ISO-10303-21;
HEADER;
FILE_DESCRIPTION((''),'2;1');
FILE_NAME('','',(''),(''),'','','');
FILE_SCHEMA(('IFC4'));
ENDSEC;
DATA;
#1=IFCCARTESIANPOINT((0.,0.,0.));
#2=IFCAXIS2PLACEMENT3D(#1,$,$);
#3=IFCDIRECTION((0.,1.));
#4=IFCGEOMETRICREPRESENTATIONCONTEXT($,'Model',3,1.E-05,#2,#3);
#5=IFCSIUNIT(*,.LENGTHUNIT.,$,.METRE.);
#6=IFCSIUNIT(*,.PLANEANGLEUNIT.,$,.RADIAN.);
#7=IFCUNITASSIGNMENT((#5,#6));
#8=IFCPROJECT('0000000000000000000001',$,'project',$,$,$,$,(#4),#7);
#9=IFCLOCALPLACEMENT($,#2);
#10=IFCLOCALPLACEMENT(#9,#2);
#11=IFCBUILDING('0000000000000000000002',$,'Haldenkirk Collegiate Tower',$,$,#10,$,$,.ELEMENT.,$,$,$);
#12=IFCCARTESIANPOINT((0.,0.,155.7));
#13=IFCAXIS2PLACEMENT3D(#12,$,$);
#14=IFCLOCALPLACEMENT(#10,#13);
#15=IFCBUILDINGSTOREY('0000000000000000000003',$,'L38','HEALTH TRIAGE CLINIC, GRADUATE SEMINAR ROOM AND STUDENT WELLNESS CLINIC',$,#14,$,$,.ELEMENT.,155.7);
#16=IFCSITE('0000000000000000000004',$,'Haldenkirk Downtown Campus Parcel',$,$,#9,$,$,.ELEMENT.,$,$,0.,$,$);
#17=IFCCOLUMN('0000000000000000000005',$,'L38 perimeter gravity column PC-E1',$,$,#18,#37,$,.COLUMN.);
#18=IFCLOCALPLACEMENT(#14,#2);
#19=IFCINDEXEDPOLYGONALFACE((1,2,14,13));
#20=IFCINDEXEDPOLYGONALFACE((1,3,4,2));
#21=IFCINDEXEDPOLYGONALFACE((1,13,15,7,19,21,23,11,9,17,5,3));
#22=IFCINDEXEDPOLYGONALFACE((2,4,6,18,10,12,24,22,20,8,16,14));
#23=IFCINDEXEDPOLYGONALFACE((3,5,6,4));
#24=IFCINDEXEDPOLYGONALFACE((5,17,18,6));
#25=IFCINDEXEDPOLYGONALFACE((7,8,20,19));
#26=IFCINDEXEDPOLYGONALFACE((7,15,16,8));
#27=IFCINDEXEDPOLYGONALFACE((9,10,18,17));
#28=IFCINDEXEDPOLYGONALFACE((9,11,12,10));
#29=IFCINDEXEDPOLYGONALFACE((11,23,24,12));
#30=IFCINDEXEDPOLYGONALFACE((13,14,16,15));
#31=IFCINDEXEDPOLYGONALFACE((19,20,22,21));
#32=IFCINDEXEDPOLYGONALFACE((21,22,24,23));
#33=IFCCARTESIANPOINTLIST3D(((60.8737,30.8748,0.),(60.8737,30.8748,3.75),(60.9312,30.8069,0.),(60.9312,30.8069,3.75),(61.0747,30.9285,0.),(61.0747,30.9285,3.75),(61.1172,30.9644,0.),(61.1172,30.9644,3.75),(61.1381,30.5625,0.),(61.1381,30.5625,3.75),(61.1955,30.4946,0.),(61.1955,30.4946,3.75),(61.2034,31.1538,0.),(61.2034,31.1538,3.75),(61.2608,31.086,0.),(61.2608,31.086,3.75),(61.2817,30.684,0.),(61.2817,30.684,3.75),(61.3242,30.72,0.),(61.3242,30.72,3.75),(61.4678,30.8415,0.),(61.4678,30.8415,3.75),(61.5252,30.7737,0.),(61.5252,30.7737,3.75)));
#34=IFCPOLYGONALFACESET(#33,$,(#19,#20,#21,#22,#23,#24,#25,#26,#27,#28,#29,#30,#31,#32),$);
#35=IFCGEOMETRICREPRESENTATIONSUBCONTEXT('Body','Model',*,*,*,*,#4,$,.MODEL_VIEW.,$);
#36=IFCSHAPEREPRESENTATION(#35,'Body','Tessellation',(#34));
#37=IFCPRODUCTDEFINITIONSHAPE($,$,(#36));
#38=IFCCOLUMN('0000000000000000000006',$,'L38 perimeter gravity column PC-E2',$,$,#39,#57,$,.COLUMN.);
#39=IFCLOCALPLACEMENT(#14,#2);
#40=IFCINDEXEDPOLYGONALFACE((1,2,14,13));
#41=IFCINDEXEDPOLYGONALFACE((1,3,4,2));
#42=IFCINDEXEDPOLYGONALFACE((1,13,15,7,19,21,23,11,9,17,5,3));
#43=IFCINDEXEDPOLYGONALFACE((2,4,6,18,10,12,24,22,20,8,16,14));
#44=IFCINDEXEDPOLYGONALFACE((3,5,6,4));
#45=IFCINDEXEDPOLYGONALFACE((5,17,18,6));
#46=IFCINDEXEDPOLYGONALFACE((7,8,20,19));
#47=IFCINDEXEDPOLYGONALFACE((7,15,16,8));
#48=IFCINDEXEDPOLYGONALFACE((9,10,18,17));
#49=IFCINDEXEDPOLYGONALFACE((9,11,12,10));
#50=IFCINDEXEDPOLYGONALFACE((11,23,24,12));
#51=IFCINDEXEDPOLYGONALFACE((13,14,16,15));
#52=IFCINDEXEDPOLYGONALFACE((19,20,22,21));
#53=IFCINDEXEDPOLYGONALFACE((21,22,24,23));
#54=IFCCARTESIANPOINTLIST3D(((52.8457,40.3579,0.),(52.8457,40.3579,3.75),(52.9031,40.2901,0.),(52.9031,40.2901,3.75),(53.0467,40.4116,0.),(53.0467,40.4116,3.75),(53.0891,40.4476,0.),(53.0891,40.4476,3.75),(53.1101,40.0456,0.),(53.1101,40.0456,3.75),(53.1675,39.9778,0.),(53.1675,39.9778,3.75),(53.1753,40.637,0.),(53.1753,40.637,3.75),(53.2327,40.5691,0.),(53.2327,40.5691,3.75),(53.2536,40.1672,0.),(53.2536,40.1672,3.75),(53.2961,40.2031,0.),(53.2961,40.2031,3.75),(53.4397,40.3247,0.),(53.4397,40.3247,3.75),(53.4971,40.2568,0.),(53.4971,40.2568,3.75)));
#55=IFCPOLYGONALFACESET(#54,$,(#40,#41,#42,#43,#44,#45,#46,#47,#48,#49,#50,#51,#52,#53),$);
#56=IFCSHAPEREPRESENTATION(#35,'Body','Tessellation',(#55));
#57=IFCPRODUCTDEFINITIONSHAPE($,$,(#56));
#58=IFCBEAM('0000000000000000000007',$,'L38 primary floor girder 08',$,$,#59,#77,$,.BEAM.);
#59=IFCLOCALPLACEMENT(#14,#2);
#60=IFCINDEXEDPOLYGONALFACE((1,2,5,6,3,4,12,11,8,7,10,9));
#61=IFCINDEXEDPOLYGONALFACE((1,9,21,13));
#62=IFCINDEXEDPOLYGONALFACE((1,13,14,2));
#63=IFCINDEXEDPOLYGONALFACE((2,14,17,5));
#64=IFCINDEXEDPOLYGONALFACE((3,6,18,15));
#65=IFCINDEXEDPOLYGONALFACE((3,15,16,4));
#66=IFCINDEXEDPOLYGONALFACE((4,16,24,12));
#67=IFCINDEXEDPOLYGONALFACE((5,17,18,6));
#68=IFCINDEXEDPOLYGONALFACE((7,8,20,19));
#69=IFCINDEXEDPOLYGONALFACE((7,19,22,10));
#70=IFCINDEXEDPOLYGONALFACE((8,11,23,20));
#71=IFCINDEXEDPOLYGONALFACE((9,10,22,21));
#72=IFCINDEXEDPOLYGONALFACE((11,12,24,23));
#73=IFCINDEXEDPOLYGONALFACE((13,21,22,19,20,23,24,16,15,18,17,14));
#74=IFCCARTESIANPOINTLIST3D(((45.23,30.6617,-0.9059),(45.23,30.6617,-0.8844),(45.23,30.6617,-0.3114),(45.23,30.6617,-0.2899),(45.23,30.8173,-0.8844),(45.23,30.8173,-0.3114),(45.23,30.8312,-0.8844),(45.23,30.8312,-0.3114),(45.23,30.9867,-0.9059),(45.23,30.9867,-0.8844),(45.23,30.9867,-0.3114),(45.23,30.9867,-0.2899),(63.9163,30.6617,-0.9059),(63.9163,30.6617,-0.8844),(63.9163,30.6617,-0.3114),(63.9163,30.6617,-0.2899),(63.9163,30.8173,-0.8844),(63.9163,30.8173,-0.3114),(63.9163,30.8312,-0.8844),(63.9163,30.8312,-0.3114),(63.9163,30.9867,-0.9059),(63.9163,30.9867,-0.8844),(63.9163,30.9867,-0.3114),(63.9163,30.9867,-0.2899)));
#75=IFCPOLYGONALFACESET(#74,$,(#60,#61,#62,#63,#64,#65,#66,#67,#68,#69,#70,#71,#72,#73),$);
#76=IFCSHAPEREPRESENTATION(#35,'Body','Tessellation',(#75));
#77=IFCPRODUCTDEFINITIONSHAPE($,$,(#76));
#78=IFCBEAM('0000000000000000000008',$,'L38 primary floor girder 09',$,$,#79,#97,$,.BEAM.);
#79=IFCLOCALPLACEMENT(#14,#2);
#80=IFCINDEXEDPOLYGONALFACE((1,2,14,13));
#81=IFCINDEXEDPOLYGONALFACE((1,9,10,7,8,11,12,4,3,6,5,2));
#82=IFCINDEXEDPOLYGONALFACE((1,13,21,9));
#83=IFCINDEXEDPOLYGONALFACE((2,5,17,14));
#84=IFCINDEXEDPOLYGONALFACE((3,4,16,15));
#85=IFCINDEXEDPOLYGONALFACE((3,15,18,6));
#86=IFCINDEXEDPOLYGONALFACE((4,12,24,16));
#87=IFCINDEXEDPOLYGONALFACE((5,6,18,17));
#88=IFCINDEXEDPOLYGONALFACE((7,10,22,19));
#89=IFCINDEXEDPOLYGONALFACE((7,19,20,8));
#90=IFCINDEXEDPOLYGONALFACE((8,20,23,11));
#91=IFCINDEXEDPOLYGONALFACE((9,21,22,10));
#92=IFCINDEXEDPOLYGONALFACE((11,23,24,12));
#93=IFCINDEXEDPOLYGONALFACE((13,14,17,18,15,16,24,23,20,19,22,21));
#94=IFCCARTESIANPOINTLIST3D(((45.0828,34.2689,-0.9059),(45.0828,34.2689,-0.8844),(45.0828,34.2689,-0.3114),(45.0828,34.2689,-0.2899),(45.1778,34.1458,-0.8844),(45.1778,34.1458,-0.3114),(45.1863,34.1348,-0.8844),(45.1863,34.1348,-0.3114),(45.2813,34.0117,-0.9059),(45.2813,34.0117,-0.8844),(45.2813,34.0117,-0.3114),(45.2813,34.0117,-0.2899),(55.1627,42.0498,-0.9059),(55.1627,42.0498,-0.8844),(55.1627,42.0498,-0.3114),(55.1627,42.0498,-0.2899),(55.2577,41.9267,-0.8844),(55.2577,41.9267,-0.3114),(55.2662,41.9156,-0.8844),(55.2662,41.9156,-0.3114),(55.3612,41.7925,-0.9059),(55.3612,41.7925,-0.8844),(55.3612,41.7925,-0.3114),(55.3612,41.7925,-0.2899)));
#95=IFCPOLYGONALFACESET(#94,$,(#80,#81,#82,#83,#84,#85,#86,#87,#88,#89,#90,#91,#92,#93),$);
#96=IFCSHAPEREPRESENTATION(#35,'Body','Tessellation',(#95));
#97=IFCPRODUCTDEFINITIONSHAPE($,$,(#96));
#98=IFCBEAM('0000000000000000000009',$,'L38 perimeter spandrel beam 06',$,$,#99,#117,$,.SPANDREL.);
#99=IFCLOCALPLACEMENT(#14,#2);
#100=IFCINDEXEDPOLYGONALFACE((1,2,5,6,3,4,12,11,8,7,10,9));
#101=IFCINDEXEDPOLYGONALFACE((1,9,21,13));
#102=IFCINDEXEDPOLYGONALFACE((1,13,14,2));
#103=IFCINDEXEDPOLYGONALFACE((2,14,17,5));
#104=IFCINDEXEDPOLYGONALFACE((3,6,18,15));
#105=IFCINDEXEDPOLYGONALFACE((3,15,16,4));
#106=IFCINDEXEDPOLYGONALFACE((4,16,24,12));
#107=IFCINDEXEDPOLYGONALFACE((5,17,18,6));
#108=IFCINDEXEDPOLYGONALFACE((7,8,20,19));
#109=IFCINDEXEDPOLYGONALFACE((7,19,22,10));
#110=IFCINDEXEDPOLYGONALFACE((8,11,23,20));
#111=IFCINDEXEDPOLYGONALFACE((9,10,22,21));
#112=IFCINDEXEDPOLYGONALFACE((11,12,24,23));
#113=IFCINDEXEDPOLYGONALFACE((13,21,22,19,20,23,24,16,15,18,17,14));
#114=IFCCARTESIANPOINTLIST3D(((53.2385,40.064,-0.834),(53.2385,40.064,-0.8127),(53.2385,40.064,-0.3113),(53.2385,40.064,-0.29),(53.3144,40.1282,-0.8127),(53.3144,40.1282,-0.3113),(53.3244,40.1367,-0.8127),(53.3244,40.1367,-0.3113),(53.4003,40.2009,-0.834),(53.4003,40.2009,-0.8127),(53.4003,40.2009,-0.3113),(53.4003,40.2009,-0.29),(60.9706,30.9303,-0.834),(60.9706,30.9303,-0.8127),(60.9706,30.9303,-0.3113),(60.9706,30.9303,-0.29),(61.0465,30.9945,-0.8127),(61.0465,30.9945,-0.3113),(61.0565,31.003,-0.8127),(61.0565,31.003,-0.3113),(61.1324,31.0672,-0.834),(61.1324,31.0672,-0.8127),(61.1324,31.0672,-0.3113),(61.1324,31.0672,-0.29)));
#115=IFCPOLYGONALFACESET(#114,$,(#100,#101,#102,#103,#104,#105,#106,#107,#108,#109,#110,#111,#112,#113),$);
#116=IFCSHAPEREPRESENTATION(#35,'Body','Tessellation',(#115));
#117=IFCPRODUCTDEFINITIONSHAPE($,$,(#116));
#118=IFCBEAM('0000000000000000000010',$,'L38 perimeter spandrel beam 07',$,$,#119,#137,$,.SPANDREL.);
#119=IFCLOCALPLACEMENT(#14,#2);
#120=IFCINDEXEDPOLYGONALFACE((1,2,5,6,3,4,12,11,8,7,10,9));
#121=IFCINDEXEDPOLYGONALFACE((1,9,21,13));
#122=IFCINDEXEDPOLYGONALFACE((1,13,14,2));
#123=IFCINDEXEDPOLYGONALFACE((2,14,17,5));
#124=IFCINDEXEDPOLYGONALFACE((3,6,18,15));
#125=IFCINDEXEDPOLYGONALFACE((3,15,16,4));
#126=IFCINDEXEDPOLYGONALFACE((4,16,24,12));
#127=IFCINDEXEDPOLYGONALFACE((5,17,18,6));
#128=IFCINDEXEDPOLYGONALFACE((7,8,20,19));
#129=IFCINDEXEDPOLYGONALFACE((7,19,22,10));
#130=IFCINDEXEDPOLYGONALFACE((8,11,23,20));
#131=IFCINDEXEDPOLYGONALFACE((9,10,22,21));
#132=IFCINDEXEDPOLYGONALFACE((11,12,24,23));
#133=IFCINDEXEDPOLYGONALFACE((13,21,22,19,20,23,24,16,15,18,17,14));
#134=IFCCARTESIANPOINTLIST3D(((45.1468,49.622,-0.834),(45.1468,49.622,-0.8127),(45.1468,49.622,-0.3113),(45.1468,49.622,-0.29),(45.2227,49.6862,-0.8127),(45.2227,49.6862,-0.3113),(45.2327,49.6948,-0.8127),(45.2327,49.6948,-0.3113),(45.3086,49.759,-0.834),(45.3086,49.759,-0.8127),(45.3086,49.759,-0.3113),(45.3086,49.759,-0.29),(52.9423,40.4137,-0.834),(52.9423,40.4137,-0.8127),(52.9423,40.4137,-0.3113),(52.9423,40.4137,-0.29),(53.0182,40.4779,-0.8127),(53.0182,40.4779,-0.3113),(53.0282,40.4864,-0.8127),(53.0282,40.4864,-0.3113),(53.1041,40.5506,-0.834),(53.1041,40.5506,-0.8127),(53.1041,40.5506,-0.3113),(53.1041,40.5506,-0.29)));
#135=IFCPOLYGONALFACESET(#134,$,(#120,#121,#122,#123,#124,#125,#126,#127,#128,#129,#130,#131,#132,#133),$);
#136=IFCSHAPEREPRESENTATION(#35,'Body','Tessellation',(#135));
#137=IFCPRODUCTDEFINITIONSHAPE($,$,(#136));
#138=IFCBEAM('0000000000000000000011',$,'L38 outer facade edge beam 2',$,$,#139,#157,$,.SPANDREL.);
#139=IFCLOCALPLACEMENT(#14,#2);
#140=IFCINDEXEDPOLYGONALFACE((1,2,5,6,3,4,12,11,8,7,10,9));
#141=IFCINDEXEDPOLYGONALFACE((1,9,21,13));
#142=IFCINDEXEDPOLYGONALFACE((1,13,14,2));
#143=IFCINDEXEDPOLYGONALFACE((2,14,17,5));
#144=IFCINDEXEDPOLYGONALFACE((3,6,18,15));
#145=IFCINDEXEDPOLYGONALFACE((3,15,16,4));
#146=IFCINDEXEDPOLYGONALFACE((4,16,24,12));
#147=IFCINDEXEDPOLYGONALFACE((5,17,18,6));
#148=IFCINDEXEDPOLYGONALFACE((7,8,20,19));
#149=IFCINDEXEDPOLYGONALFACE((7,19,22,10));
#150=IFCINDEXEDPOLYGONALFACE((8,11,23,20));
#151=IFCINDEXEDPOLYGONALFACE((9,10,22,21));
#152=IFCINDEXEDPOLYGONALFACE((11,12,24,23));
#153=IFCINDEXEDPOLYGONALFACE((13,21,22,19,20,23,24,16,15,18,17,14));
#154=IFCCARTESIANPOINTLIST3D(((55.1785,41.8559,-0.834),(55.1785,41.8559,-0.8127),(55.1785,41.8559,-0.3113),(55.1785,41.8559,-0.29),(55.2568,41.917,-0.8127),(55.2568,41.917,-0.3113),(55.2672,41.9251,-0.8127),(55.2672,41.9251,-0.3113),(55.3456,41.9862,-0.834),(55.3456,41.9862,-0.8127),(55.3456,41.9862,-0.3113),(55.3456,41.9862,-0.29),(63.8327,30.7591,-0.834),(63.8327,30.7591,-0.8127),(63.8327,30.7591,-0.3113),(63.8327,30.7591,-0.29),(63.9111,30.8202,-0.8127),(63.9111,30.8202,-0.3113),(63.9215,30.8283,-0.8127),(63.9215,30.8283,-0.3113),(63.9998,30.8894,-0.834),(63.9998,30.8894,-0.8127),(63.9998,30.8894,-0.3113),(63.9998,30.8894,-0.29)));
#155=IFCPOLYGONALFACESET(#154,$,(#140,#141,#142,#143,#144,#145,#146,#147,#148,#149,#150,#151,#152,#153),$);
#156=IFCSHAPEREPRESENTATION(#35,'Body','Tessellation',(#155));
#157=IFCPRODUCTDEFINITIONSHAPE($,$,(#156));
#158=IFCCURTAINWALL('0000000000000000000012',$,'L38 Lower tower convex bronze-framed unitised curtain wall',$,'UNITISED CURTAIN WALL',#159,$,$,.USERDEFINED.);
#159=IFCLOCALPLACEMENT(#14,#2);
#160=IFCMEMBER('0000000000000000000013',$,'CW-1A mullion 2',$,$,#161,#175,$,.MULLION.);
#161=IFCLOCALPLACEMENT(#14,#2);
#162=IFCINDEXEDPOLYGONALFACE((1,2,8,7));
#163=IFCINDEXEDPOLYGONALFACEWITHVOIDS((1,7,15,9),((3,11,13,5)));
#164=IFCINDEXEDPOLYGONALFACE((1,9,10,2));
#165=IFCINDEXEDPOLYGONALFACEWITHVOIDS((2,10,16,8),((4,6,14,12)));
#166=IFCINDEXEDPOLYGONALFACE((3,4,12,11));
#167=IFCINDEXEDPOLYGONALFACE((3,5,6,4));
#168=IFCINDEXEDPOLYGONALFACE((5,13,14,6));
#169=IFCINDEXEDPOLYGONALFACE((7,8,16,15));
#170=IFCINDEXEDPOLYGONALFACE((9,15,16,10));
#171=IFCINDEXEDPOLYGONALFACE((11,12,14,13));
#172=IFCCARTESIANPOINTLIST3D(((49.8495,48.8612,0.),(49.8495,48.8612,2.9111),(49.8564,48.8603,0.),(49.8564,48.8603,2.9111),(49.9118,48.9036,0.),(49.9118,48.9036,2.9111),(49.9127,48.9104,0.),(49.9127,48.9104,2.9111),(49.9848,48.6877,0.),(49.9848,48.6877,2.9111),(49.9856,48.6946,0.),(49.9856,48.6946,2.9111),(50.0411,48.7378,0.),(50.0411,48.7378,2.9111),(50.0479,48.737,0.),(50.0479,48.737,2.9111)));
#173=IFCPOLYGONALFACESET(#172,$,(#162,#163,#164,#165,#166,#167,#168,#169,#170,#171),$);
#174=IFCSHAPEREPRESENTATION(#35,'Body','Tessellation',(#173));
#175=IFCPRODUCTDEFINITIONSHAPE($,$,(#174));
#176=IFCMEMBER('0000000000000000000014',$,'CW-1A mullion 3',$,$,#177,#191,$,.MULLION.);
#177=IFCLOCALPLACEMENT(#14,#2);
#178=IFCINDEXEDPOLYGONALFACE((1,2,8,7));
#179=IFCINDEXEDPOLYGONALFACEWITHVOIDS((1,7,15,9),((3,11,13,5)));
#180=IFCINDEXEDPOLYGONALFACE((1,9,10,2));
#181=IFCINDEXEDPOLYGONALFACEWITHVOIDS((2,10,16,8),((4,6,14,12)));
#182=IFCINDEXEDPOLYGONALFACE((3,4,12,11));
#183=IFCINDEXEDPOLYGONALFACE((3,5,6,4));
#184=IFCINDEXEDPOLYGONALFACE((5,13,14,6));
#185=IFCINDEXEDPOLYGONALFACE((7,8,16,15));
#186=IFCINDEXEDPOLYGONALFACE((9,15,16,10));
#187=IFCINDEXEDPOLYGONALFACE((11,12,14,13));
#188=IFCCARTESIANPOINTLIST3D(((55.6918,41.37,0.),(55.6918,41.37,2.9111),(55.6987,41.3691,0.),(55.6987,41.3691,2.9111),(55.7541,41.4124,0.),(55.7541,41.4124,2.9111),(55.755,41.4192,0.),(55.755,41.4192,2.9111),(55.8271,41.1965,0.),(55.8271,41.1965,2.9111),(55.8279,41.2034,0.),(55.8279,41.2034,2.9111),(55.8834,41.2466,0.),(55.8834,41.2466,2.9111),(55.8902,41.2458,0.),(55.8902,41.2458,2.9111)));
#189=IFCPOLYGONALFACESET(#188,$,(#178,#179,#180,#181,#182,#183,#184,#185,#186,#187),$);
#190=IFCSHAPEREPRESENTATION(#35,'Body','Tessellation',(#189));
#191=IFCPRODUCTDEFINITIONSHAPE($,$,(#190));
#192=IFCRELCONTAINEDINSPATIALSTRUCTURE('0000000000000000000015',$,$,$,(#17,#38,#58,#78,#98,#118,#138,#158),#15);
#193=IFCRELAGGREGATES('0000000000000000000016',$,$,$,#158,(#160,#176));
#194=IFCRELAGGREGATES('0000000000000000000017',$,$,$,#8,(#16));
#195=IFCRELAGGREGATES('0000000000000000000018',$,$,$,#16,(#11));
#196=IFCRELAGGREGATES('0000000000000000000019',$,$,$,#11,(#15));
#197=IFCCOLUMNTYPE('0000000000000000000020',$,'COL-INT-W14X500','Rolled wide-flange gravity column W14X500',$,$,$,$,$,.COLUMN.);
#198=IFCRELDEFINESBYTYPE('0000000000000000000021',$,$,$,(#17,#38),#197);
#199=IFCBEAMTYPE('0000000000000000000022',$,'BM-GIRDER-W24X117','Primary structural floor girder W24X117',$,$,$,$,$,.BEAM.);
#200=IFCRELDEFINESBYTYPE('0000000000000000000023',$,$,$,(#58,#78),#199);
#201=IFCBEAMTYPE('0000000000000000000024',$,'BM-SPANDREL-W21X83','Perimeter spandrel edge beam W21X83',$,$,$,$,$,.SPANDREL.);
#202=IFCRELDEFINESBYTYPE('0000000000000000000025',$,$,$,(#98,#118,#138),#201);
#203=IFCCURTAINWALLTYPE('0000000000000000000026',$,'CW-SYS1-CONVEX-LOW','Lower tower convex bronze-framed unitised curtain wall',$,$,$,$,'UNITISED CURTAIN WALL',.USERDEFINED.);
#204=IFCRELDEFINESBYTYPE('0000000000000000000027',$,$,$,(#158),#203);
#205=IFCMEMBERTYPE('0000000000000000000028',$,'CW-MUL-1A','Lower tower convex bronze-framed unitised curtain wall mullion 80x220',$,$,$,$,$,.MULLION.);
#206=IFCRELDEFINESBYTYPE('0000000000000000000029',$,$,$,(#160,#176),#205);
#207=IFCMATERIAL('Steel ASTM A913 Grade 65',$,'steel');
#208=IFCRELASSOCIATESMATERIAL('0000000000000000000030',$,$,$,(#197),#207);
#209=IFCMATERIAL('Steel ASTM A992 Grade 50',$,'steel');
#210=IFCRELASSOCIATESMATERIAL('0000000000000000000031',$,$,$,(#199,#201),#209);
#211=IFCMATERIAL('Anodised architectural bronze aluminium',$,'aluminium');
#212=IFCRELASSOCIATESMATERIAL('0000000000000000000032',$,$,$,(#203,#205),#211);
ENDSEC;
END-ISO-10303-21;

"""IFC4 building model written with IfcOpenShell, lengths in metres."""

from ifc_helpers import new_model, si_unit, direction, frame, origin, origin_2d, place, context, subcontext, project, spatial, hollow_rectangle, i_section, extrude, material, material_profile, profile_set, type_object, element, aggregate, save


model = new_model("IFC4")

# Units and contexts
model_context = context("Model", 3, precision=1e-05, world=origin(), true_north=direction((0.0, 1.0)))
body_context = subcontext(model_context, "Body", "Model", "MODEL_VIEW")
ifc_project = project(units=[si_unit("LENGTHUNIT", "METRE"), si_unit("PLANEANGLEUNIT", "RADIAN")], contexts=[model_context])

# Site, building, storey
site_placement = place(None, origin())
site = spatial("IfcSite", under=ifc_project, at=site_placement, Name="Haldenkirk Downtown Campus Parcel", CompositionType="ELEMENT", RefElevation=0.0)
building_placement = place(site_placement, origin())
building = spatial("IfcBuilding", under=site, at=building_placement, Name="Haldenkirk Collegiate Tower", CompositionType="ELEMENT")
storey_placement = place(building_placement, frame((0.0, 0.0, 155.7)))
storey = spatial("IfcBuildingStorey", under=building, at=storey_placement, Name="L38", Description="HEALTH TRIAGE CLINIC, GRADUATE SEMINAR ROOM AND STUDENT WELLNESS CLINIC", CompositionType="ELEMENT", Elevation=155.7)

# Columns
ifc_material_1 = material(Name="Steel ASTM A913 Grade 65", Category="steel")
ifc_material_profile_1 = material_profile(ifc_material_1, i_section(OverallWidth=0.4319, OverallDepth=0.498, WebThickness=0.0557, FlangeThickness=0.0889, at=origin_2d()), Name="W14X500")
ifc_profile_set_1 = profile_set([ifc_material_profile_1], Name="Steel ASTM A913 Grade 65")
column_type = type_object("IfcColumnType", Name="COL-INT-W14X500", Description="Rolled wide-flange gravity column W14X500", PredefinedType="COLUMN", material=ifc_profile_set_1)
for number, where, z_axis, x_axis, name in (
    (1, (61.1995, 30.8242, 0.0), (0.0, 0.0, 1.0), (0.763232, 0.646124, 0.0), "L38 perimeter gravity column PC-E1"),
    (2, (53.1714, 40.3074, 0.0), (0.0, 0.0, 1.0), (0.763232, 0.646124, 0.0), "L38 perimeter gravity column PC-E2"),
):
    element("IfcColumn", number, at=place(storey_placement, frame(where, z_axis=z_axis, x_axis=x_axis)), inside=storey, type_object=column_type, Name=name, PredefinedType="COLUMN", context=body_context, shape_type="SweptSolid", body=[
        extrude(i_section(OverallWidth=0.4319, OverallDepth=0.498, WebThickness=0.0557, FlangeThickness=0.0889, at=origin_2d()), origin(), (0.0, 0.0, 1.0), 3.75),
    ])

# Beams
ifc_material_2 = material(Name="Steel ASTM A992 Grade 50", Category="steel")
ifc_material_profile_2 = material_profile(ifc_material_2, i_section(OverallWidth=0.325, OverallDepth=0.616, WebThickness=0.0139, FlangeThickness=0.0215, at=origin_2d()), Name="W24X117")
ifc_profile_set_2 = profile_set([ifc_material_profile_2], Name="Steel ASTM A992 Grade 50")
beam_type_1 = type_object("IfcBeamType", Name="BM-GIRDER-W24X117", Description="Primary structural floor girder W24X117", PredefinedType="BEAM", material=ifc_profile_set_2)
beam_1_placement = place(storey_placement, frame((63.9163, 30.8242, -0.5979), z_axis=(-1.0, 0.0, 0.0), x_axis=(0.0, -1.0, 0.0)))
element("IfcBeam", 3, at=beam_1_placement, inside=storey, type_object=beam_type_1, Name="L38 primary floor girder 08", PredefinedType="BEAM", context=body_context, shape_type="SweptSolid", body=[
    extrude(i_section(OverallWidth=0.325, OverallDepth=0.616, WebThickness=0.0139, FlangeThickness=0.0215, at=origin_2d()), origin(), (0.0, 0.0, 1.0), 18.6863),
])
beam_2_placement = place(storey_placement, frame((55.262, 41.9211, -0.5979), z_axis=(-0.791597, -0.611044, 0.0), x_axis=(0.611044, -0.791597, 0.0)))
element("IfcBeam", 4, at=beam_2_placement, inside=storey, type_object=beam_type_1, Name="L38 primary floor girder 09", PredefinedType="BEAM", context=body_context, shape_type="SweptSolid", body=[
    extrude(i_section(OverallWidth=0.325, OverallDepth=0.616, WebThickness=0.0139, FlangeThickness=0.0215, at=origin_2d()), origin(), (0.0, 0.0, 1.0), 12.7336),
])
ifc_material_profile_3 = material_profile(ifc_material_2, i_section(OverallWidth=0.2119, OverallDepth=0.5439, WebThickness=0.0132, FlangeThickness=0.0212, at=origin_2d()), Name="W21X83")
ifc_profile_set_3 = profile_set([ifc_material_profile_3], Name="Steel ASTM A992 Grade 50")
beam_type_2 = type_object("IfcBeamType", Name="BM-SPANDREL-W21X83", Description="Perimeter spandrel edge beam W21X83", PredefinedType="SPANDREL", material=ifc_profile_set_3)
beam_3_placement = place(storey_placement, frame((61.0515, 30.9988, -0.562), z_axis=(-0.646117, 0.763238, 0.0), x_axis=(-0.763238, -0.646117, 0.0)))
element("IfcBeam", 5, at=beam_3_placement, inside=storey, type_object=beam_type_2, Name="L38 perimeter spandrel beam 06", PredefinedType="SPANDREL", context=body_context, shape_type="SweptSolid", body=[
    extrude(i_section(OverallWidth=0.2119, OverallDepth=0.5439, WebThickness=0.0132, FlangeThickness=0.0212, at=origin_2d()), origin(), (0.0, 0.0, 1.0), 11.967),
])
beam_4_placement = place(storey_placement, frame((53.0232, 40.4822, -0.562), z_axis=(-0.646126, 0.76323, 0.0), x_axis=(-0.76323, -0.646126, 0.0)))
element("IfcBeam", 6, at=beam_4_placement, inside=storey, type_object=beam_type_2, Name="L38 perimeter spandrel beam 07", PredefinedType="SPANDREL", context=body_context, shape_type="SweptSolid", body=[
    extrude(i_section(OverallWidth=0.2119, OverallDepth=0.5439, WebThickness=0.0132, FlangeThickness=0.0212, at=origin_2d()), origin(), (0.0, 0.0, 1.0), 12.0649),
])
beam_5_placement = place(storey_placement, frame((63.9163, 30.8242, -0.562), z_axis=(-0.614974, 0.788547, 0.0), x_axis=(-0.788547, -0.614974, 0.0)))
element("IfcBeam", 7, at=beam_5_placement, inside=storey, type_object=beam_type_2, Name="L38 outer facade edge beam 2", PredefinedType="SPANDREL", context=body_context, shape_type="SweptSolid", body=[
    extrude(i_section(OverallWidth=0.2119, OverallDepth=0.5439, WebThickness=0.0132, FlangeThickness=0.0212, at=origin_2d()), origin(), (0.0, 0.0, 1.0), 14.0725),
])

# Curtain wall, members
ifc_material_3 = material(Name="Anodised architectural bronze aluminium", Category="aluminium")
curtain_wall_type = type_object("IfcCurtainWallType", Name="CW-SYS1-CONVEX-LOW", Description="Lower tower convex bronze-framed unitised curtain wall", ElementType="UNITISED CURTAIN WALL", PredefinedType="USERDEFINED", material=ifc_material_3)
curtain_wall_placement = place(storey_placement, origin())
curtain_wall = element("IfcCurtainWall", 8, at=curtain_wall_placement, inside=storey, type_object=curtain_wall_type, Name="L38 Lower tower convex bronze-framed unitised curtain wall", ObjectType="UNITISED CURTAIN WALL", PredefinedType="USERDEFINED")
ifc_material_profile_4 = material_profile(ifc_material_3, hollow_rectangle(XDim=0.0801, YDim=0.22, WallThickness=0.0049, at=origin_2d()), Name="CW-MUL-1A")
ifc_profile_set_4 = profile_set([ifc_material_profile_4], Name="Anodised architectural bronze aluminium")
member_type_1 = type_object("IfcMemberType", Name="CW-MUL-1A", Description="Lower tower convex bronze-framed unitised curtain wall mullion 80x220", PredefinedType="MULLION", material=ifc_profile_set_4)
member_1_placement = place(storey_placement, frame((49.9487, 48.7991, 0.0), z_axis=(0.0, 0.0, 1.0), x_axis=(0.788548, 0.614974, 0.0)))
member_1 = element("IfcMember", 9, at=member_1_placement, type_object=member_type_1, Name="CW-1A mullion 2", PredefinedType="MULLION", context=body_context, shape_type="SweptSolid", body=[
    extrude(hollow_rectangle(XDim=0.0801, YDim=0.22, WallThickness=0.0049, at=origin_2d()), origin(), (0.0, 0.0, 1.0), 2.9111),
])
member_2_placement = place(storey_placement, frame((55.791, 41.3079, 0.0), z_axis=(0.0, 0.0, 1.0), x_axis=(0.788548, 0.614974, 0.0)))
member_2 = element("IfcMember", 10, at=member_2_placement, type_object=member_type_1, Name="CW-1A mullion 3", PredefinedType="MULLION", context=body_context, shape_type="SweptSolid", body=[
    extrude(hollow_rectangle(XDim=0.0801, YDim=0.22, WallThickness=0.0049, at=origin_2d()), origin(), (0.0, 0.0, 1.0), 2.9111),
])

aggregate(curtain_wall, [member_1, member_2])

save(model, "model.ifc")
